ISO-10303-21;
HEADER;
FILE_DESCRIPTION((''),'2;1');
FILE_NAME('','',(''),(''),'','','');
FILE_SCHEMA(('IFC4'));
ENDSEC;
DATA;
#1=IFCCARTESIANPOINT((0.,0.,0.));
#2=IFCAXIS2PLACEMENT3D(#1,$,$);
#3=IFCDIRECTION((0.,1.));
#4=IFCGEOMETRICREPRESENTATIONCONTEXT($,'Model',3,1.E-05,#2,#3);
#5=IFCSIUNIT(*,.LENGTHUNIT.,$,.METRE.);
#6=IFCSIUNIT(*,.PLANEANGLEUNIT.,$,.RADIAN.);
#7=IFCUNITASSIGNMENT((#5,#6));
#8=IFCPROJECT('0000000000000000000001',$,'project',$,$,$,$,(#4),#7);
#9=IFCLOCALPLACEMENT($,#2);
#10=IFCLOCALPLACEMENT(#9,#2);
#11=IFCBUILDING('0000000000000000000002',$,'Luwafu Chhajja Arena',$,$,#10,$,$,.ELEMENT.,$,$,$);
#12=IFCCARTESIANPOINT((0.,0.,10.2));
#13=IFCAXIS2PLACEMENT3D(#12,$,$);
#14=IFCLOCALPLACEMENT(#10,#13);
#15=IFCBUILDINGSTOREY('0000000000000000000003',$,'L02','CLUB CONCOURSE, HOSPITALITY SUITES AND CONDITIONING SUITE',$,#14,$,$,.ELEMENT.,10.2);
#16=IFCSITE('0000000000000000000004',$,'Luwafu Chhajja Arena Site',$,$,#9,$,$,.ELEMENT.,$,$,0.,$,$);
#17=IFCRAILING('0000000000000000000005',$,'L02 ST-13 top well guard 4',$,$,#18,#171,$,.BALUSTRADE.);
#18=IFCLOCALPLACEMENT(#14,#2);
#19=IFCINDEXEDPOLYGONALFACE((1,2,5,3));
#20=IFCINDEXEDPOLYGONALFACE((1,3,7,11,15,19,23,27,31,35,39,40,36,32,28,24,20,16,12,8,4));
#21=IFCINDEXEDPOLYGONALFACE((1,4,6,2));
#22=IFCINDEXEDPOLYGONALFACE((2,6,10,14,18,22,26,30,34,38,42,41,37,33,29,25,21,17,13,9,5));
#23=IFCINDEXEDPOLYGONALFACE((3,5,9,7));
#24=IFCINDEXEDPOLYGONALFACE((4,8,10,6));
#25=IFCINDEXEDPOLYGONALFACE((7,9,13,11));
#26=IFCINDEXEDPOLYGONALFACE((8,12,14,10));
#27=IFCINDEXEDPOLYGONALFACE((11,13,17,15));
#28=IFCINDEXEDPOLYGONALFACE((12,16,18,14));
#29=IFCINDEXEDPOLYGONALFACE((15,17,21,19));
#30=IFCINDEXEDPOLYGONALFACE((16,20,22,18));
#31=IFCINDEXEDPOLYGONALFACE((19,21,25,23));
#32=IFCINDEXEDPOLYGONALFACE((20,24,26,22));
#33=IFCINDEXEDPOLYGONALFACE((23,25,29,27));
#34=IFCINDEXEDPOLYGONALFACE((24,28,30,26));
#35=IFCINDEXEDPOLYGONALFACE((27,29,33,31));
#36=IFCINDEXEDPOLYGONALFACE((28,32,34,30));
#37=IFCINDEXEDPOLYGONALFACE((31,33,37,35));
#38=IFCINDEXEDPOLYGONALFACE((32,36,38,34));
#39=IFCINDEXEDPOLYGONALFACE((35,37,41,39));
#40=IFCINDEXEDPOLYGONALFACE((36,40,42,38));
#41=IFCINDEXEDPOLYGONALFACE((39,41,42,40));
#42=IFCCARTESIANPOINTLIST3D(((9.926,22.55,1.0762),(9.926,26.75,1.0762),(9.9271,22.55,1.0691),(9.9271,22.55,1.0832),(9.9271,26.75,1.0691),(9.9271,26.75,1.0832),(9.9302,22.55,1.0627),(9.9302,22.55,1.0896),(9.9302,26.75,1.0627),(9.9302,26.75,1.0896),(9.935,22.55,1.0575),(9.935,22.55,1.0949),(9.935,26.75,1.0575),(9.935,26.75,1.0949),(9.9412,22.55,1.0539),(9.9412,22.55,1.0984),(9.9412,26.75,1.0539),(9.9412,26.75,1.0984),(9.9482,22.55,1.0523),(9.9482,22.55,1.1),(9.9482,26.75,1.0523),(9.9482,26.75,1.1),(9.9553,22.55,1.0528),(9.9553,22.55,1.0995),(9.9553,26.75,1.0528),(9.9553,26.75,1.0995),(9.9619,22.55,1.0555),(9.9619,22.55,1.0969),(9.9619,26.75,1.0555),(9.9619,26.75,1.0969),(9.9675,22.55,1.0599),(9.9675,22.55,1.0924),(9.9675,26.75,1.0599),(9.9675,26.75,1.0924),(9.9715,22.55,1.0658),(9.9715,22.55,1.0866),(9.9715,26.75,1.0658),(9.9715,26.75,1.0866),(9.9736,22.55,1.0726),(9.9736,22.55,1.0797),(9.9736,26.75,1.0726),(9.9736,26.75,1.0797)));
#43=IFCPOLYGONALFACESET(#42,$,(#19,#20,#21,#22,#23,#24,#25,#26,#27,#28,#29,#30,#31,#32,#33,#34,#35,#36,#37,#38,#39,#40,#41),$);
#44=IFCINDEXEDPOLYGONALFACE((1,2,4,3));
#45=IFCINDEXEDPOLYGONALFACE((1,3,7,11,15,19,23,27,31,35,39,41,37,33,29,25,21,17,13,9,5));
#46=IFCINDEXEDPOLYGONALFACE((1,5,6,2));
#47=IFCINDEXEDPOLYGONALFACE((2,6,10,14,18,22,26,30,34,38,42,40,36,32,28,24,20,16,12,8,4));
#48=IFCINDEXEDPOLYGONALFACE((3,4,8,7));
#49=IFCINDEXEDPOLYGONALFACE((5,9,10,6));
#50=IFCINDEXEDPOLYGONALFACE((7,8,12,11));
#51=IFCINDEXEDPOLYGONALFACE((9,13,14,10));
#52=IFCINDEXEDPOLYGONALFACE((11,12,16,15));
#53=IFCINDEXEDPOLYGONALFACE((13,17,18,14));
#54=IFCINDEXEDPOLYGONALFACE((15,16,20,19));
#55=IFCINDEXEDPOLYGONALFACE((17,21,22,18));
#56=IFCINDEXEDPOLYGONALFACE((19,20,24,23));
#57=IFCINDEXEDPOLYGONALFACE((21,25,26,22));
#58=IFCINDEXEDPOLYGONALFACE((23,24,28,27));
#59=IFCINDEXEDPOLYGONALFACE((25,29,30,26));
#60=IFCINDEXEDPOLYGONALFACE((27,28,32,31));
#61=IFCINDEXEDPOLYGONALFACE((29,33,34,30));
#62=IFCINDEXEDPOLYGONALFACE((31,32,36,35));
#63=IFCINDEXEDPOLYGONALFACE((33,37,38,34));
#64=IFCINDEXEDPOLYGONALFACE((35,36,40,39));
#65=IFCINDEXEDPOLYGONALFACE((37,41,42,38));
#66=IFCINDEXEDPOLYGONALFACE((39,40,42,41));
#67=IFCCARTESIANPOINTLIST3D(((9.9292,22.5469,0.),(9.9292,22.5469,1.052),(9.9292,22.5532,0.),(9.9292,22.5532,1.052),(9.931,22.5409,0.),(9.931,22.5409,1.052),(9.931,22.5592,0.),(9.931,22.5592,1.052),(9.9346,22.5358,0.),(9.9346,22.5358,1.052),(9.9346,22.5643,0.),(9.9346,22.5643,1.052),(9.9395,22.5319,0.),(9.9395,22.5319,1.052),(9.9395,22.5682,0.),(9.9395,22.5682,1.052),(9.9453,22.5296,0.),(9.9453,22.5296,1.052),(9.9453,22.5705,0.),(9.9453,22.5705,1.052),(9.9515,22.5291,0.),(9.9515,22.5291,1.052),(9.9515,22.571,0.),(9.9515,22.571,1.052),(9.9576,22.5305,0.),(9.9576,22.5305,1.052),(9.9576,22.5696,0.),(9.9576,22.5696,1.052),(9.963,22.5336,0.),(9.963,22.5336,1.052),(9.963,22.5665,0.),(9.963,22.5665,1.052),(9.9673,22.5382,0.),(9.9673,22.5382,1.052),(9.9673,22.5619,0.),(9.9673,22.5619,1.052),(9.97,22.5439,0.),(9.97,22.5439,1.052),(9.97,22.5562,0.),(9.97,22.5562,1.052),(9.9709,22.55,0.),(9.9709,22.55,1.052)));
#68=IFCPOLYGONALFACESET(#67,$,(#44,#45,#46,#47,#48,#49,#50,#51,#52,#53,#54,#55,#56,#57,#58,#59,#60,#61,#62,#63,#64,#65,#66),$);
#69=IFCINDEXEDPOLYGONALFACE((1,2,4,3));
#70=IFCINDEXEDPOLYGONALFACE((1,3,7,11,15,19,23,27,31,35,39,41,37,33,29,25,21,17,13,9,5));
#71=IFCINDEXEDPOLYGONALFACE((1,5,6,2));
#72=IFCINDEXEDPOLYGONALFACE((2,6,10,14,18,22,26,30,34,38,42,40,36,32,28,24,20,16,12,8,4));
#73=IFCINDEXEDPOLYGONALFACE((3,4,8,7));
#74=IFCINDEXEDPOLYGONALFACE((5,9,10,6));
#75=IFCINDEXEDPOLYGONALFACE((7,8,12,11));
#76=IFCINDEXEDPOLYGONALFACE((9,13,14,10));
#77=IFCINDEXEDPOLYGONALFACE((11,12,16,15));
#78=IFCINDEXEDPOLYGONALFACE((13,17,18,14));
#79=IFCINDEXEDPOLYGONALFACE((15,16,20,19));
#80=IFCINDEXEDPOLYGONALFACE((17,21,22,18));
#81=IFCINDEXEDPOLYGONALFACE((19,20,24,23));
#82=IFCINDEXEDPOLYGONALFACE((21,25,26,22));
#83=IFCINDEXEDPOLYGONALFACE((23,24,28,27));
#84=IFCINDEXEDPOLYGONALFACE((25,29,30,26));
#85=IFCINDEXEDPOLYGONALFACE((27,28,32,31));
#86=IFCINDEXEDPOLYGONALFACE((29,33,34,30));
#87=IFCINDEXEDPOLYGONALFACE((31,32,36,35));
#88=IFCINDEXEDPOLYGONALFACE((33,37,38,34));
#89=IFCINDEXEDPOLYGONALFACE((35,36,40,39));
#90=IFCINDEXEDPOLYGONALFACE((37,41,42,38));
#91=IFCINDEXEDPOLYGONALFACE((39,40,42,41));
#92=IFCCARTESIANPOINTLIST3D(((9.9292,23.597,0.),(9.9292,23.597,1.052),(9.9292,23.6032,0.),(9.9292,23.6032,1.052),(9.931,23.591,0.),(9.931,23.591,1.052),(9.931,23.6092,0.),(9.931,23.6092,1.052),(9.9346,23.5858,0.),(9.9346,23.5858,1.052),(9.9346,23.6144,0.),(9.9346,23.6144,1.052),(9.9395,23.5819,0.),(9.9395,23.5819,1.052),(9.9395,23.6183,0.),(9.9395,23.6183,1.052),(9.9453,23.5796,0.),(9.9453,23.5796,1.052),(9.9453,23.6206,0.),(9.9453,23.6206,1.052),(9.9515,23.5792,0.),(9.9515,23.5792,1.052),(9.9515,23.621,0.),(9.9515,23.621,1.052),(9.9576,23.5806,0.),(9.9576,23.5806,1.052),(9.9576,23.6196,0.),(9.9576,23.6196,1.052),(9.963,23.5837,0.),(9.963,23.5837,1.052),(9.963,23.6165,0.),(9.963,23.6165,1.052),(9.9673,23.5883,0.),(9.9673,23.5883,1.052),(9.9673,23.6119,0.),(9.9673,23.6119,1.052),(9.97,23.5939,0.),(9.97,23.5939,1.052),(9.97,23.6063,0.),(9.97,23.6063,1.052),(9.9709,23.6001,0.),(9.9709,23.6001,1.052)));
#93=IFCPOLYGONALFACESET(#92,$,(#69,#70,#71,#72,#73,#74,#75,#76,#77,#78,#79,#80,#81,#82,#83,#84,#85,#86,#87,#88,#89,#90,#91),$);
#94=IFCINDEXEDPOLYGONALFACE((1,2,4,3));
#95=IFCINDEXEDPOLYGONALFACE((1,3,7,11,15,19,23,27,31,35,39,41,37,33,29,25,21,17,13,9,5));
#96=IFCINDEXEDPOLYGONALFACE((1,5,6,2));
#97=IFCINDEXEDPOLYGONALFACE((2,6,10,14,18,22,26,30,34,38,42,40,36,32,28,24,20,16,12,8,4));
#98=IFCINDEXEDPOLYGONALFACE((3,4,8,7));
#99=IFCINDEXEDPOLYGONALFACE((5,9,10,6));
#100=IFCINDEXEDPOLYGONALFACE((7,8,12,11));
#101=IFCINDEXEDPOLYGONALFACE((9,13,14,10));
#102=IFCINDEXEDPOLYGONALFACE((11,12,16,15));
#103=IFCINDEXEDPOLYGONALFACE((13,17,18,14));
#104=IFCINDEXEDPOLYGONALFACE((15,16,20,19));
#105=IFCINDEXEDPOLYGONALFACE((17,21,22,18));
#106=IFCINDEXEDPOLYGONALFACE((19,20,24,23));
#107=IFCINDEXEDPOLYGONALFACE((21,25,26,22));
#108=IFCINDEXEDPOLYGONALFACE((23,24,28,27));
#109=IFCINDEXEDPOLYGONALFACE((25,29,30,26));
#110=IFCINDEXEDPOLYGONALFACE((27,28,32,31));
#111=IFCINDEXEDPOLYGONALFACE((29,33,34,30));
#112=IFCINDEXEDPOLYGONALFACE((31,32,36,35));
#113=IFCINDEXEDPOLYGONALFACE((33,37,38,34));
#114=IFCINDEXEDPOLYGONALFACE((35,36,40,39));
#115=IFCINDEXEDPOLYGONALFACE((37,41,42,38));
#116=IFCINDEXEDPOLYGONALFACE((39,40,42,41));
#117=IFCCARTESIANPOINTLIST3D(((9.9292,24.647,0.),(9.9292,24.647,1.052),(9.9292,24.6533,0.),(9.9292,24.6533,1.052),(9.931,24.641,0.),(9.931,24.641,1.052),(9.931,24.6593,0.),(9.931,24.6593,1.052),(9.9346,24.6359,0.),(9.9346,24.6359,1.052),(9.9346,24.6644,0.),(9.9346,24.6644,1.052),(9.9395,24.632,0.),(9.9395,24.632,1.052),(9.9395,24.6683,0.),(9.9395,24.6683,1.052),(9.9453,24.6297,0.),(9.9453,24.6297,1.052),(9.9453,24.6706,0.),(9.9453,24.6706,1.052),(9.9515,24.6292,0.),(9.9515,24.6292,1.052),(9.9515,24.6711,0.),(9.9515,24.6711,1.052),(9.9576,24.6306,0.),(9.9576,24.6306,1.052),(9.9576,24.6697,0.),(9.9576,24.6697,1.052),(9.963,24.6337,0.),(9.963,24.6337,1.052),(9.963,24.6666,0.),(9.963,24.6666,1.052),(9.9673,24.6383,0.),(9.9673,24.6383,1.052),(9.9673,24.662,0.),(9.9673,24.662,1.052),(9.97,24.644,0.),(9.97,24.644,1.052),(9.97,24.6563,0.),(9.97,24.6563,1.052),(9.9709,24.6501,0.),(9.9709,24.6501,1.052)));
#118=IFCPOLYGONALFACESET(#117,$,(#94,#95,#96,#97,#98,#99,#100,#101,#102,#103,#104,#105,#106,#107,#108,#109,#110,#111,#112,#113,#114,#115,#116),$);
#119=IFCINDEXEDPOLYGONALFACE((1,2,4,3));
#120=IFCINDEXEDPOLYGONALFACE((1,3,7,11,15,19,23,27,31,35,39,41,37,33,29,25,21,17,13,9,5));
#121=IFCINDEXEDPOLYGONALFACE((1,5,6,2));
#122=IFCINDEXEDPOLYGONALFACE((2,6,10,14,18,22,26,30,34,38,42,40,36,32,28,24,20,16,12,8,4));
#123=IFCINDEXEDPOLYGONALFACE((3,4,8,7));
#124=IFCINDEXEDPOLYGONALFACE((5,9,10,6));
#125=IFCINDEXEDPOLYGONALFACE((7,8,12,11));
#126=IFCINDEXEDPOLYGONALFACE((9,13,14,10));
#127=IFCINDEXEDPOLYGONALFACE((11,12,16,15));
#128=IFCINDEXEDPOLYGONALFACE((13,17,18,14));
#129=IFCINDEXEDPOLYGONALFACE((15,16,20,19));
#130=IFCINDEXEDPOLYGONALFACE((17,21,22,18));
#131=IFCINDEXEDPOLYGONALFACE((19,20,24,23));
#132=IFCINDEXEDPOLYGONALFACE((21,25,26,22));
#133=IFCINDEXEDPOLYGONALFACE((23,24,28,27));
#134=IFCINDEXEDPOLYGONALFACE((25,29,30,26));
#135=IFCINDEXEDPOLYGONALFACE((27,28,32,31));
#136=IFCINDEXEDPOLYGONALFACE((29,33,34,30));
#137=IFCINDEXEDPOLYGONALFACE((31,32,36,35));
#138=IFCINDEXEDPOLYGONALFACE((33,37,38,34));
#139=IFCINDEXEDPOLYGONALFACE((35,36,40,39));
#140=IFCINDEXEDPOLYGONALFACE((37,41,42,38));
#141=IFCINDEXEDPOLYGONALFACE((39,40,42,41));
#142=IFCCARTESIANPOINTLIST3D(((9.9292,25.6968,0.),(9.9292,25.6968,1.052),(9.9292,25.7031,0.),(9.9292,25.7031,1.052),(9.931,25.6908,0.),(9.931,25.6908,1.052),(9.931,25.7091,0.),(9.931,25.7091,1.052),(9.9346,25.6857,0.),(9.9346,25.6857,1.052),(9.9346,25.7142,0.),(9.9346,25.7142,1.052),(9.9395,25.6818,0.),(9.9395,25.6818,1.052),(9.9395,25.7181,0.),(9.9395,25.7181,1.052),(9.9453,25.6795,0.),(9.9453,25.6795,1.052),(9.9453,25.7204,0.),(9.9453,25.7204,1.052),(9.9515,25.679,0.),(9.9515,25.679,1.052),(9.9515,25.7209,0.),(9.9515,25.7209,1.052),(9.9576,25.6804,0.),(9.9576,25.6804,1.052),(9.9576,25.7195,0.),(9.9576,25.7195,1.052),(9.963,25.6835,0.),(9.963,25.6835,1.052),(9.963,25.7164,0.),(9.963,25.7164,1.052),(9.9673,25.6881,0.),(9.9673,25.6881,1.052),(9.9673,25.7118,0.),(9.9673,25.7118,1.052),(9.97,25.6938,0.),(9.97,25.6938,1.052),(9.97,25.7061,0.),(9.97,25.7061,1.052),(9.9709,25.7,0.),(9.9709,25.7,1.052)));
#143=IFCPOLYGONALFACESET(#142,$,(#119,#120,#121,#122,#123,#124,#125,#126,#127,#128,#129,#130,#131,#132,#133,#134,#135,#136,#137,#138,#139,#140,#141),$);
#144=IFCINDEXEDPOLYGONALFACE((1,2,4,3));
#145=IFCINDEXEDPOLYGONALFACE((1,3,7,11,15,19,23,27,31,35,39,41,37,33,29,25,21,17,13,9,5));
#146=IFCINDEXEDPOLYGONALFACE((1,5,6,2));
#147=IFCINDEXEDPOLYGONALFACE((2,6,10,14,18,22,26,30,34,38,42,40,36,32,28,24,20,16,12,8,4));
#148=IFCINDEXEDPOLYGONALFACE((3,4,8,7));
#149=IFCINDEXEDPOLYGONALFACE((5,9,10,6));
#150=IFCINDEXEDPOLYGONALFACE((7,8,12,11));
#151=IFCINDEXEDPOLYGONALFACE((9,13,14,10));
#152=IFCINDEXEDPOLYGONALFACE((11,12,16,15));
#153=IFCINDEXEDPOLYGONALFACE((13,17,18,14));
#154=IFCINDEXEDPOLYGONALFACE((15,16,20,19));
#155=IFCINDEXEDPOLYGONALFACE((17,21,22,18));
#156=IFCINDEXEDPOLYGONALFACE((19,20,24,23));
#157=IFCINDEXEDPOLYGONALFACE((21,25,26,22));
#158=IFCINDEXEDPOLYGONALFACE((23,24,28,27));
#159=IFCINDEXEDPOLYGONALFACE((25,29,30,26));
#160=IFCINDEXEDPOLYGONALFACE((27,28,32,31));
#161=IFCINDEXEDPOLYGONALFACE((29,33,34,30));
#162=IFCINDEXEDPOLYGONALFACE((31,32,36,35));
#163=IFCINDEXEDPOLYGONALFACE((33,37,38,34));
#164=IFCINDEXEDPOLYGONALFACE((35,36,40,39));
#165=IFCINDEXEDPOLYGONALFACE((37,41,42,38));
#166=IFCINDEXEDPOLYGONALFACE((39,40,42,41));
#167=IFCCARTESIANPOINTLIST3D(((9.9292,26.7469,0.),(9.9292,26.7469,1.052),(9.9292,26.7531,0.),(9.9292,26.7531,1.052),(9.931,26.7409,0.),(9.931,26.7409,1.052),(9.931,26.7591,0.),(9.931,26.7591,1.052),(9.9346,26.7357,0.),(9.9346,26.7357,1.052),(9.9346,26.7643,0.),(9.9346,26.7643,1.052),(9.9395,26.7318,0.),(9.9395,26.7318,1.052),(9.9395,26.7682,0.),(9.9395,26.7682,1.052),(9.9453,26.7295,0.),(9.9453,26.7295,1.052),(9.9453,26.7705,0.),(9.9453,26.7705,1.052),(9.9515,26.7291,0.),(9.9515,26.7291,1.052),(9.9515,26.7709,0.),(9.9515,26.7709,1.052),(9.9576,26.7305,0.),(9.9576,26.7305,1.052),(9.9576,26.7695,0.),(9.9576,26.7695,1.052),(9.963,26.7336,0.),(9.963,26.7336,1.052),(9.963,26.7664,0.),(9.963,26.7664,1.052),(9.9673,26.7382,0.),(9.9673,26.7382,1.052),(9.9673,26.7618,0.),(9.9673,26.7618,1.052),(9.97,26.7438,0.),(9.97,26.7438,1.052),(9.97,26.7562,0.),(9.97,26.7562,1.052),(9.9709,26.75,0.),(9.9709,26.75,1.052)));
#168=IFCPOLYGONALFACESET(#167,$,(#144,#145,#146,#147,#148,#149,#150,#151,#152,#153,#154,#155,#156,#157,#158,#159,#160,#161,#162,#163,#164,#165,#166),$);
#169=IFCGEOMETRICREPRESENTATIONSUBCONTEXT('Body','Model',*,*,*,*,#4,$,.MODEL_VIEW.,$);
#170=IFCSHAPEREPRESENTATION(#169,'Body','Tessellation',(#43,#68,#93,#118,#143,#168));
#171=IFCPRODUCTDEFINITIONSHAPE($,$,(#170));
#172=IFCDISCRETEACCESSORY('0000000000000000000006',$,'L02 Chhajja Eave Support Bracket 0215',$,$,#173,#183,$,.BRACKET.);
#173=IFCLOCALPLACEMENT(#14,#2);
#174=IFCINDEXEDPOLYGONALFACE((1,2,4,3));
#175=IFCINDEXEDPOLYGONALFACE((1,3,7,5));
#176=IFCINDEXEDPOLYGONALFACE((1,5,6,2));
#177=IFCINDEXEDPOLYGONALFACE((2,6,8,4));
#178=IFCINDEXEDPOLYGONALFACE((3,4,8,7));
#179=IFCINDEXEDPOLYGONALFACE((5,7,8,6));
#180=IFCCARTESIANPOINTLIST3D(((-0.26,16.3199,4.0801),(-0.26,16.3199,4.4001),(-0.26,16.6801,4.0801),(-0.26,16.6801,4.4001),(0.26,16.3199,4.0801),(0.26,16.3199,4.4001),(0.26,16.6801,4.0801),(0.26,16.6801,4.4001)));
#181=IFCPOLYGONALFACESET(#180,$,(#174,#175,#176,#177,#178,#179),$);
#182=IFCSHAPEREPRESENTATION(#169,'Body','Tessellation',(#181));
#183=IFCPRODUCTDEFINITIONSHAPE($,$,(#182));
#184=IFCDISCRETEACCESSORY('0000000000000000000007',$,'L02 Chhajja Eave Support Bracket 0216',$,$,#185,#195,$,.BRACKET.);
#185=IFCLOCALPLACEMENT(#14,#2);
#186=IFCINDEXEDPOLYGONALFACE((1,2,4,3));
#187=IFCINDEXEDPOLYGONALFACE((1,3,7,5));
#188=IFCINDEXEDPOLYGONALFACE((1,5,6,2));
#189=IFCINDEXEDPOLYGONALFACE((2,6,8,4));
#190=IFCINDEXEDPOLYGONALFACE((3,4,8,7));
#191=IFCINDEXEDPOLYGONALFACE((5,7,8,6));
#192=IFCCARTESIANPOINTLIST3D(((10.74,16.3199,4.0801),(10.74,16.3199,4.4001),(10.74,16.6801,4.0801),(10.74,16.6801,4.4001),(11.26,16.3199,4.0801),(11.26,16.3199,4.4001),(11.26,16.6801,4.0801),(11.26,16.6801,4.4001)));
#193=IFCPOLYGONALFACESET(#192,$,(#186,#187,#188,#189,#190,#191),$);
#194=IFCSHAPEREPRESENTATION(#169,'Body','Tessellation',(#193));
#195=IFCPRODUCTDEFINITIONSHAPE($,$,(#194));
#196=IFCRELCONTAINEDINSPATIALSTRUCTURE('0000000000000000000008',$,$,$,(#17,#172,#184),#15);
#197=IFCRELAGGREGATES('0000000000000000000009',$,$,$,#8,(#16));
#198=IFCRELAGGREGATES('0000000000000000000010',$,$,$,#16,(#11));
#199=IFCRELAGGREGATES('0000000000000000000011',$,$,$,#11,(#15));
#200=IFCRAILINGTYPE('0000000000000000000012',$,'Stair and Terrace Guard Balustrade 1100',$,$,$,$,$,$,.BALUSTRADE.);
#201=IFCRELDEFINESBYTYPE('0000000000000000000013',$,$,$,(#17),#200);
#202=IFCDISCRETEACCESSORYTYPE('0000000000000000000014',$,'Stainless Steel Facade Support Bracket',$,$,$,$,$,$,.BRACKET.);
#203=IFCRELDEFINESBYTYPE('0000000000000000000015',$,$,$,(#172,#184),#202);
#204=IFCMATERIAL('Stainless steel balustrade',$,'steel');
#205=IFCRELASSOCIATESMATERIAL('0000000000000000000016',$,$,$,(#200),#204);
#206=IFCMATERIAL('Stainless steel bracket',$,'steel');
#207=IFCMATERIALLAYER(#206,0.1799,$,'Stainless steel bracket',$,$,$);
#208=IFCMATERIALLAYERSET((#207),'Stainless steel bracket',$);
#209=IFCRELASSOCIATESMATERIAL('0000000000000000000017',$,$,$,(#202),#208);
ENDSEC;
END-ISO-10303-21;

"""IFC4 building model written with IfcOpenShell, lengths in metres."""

from ifc_helpers import new_model, si_unit, direction, frame, origin, origin_2d, place, context, subcontext, project, spatial, rectangle, circle, extrude, material, layer, layer_set, type_object, element, save


model = new_model("IFC4")

# Units and contexts
model_context = context("Model", 3, precision=1e-05, world=origin(), true_north=direction((0.0, 1.0)))
body_context = subcontext(model_context, "Body", "Model", "MODEL_VIEW")
ifc_project = project(units=[si_unit("LENGTHUNIT", "METRE"), si_unit("PLANEANGLEUNIT", "RADIAN")], contexts=[model_context])

# Site, building, storey
site_placement = place(None, origin())
site = spatial("IfcSite", under=ifc_project, at=site_placement, Name="Luwafu Chhajja Arena Site", CompositionType="ELEMENT", RefElevation=0.0)
building_placement = place(site_placement, origin())
building = spatial("IfcBuilding", under=site, at=building_placement, Name="Luwafu Chhajja Arena", CompositionType="ELEMENT")
storey_placement = place(building_placement, frame((0.0, 0.0, 10.2)))
storey = spatial("IfcBuildingStorey", under=building, at=storey_placement, Name="L02", Description="CLUB CONCOURSE, HOSPITALITY SUITES AND CONDITIONING SUITE", CompositionType="ELEMENT", Elevation=10.2)

# Railing
ifc_material_1 = material(Name="Stainless steel balustrade", Category="steel")
railing_type = type_object("IfcRailingType", Name="Stair and Terrace Guard Balustrade 1100", PredefinedType="BALUSTRADE", material=ifc_material_1)
railing_1_placement = place(storey_placement, frame((9.95, 22.55, 0.0)))
element("IfcRailing", 1, at=railing_1_placement, inside=storey, type_object=railing_type, Name="L02 ST-13 top well guard 4", PredefinedType="BALUSTRADE", context=body_context, shape_type="SweptSolid", body=[
    extrude(circle(Radius=0.0239, at=origin_2d()), frame((0.0, 0.0, 1.0762), z_axis=(0.0, 1.0, 0.0), x_axis=(-1.0, 0.0, 0.0)), (0.0, 0.0, 1.0), 4.2),
    extrude(circle(Radius=0.021, at=origin_2d()), origin(), (0.0, 0.0, 1.0), 1.052),
    extrude(circle(Radius=0.021, at=origin_2d()), frame((0.0, 1.05, 0.0)), (0.0, 0.0, 1.0), 1.052),
    extrude(circle(Radius=0.021, at=origin_2d()), frame((0.0, 2.1001, 0.0)), (0.0, 0.0, 1.0), 1.052),
    extrude(circle(Radius=0.021, at=origin_2d()), frame((0.0, 3.1499, 0.0)), (0.0, 0.0, 1.0), 1.052),
    extrude(circle(Radius=0.021, at=origin_2d()), frame((0.0, 4.2, 0.0)), (0.0, 0.0, 1.0), 1.052),
])

# Discrete accessories
ifc_material_2 = material(Name="Stainless steel bracket", Category="steel")
ifc_layer_1 = layer(ifc_material_2, 0.1799, Name="Stainless steel bracket")
ifc_layer_set_1 = layer_set([ifc_layer_1], Name="Stainless steel bracket")
discrete_accessory_type = type_object("IfcDiscreteAccessoryType", Name="Stainless Steel Facade Support Bracket", PredefinedType="BRACKET", material=ifc_layer_set_1)
for number, where, z_axis, x_axis, name in (
    (2, (0.0, 16.5, 4.0801), (0.0, 0.0, 1.0), (0.0, 1.0, 0.0), "L02 Chhajja Eave Support Bracket 0215"),
    (3, (11.0, 16.5, 4.0801), (0.0, 0.0, 1.0), (0.0, 1.0, 0.0), "L02 Chhajja Eave Support Bracket 0216"),
):
    element("IfcDiscreteAccessory", number, at=place(storey_placement, frame(where, z_axis=z_axis, x_axis=x_axis)), inside=storey, type_object=discrete_accessory_type, Name=name, PredefinedType="BRACKET", context=body_context, shape_type="SweptSolid", body=[
        extrude(rectangle(XDim=0.3601, YDim=0.52, at=origin_2d()), origin(), (0.0, 0.0, 1.0), 0.3201),
    ])

save(model, "model.ifc")
